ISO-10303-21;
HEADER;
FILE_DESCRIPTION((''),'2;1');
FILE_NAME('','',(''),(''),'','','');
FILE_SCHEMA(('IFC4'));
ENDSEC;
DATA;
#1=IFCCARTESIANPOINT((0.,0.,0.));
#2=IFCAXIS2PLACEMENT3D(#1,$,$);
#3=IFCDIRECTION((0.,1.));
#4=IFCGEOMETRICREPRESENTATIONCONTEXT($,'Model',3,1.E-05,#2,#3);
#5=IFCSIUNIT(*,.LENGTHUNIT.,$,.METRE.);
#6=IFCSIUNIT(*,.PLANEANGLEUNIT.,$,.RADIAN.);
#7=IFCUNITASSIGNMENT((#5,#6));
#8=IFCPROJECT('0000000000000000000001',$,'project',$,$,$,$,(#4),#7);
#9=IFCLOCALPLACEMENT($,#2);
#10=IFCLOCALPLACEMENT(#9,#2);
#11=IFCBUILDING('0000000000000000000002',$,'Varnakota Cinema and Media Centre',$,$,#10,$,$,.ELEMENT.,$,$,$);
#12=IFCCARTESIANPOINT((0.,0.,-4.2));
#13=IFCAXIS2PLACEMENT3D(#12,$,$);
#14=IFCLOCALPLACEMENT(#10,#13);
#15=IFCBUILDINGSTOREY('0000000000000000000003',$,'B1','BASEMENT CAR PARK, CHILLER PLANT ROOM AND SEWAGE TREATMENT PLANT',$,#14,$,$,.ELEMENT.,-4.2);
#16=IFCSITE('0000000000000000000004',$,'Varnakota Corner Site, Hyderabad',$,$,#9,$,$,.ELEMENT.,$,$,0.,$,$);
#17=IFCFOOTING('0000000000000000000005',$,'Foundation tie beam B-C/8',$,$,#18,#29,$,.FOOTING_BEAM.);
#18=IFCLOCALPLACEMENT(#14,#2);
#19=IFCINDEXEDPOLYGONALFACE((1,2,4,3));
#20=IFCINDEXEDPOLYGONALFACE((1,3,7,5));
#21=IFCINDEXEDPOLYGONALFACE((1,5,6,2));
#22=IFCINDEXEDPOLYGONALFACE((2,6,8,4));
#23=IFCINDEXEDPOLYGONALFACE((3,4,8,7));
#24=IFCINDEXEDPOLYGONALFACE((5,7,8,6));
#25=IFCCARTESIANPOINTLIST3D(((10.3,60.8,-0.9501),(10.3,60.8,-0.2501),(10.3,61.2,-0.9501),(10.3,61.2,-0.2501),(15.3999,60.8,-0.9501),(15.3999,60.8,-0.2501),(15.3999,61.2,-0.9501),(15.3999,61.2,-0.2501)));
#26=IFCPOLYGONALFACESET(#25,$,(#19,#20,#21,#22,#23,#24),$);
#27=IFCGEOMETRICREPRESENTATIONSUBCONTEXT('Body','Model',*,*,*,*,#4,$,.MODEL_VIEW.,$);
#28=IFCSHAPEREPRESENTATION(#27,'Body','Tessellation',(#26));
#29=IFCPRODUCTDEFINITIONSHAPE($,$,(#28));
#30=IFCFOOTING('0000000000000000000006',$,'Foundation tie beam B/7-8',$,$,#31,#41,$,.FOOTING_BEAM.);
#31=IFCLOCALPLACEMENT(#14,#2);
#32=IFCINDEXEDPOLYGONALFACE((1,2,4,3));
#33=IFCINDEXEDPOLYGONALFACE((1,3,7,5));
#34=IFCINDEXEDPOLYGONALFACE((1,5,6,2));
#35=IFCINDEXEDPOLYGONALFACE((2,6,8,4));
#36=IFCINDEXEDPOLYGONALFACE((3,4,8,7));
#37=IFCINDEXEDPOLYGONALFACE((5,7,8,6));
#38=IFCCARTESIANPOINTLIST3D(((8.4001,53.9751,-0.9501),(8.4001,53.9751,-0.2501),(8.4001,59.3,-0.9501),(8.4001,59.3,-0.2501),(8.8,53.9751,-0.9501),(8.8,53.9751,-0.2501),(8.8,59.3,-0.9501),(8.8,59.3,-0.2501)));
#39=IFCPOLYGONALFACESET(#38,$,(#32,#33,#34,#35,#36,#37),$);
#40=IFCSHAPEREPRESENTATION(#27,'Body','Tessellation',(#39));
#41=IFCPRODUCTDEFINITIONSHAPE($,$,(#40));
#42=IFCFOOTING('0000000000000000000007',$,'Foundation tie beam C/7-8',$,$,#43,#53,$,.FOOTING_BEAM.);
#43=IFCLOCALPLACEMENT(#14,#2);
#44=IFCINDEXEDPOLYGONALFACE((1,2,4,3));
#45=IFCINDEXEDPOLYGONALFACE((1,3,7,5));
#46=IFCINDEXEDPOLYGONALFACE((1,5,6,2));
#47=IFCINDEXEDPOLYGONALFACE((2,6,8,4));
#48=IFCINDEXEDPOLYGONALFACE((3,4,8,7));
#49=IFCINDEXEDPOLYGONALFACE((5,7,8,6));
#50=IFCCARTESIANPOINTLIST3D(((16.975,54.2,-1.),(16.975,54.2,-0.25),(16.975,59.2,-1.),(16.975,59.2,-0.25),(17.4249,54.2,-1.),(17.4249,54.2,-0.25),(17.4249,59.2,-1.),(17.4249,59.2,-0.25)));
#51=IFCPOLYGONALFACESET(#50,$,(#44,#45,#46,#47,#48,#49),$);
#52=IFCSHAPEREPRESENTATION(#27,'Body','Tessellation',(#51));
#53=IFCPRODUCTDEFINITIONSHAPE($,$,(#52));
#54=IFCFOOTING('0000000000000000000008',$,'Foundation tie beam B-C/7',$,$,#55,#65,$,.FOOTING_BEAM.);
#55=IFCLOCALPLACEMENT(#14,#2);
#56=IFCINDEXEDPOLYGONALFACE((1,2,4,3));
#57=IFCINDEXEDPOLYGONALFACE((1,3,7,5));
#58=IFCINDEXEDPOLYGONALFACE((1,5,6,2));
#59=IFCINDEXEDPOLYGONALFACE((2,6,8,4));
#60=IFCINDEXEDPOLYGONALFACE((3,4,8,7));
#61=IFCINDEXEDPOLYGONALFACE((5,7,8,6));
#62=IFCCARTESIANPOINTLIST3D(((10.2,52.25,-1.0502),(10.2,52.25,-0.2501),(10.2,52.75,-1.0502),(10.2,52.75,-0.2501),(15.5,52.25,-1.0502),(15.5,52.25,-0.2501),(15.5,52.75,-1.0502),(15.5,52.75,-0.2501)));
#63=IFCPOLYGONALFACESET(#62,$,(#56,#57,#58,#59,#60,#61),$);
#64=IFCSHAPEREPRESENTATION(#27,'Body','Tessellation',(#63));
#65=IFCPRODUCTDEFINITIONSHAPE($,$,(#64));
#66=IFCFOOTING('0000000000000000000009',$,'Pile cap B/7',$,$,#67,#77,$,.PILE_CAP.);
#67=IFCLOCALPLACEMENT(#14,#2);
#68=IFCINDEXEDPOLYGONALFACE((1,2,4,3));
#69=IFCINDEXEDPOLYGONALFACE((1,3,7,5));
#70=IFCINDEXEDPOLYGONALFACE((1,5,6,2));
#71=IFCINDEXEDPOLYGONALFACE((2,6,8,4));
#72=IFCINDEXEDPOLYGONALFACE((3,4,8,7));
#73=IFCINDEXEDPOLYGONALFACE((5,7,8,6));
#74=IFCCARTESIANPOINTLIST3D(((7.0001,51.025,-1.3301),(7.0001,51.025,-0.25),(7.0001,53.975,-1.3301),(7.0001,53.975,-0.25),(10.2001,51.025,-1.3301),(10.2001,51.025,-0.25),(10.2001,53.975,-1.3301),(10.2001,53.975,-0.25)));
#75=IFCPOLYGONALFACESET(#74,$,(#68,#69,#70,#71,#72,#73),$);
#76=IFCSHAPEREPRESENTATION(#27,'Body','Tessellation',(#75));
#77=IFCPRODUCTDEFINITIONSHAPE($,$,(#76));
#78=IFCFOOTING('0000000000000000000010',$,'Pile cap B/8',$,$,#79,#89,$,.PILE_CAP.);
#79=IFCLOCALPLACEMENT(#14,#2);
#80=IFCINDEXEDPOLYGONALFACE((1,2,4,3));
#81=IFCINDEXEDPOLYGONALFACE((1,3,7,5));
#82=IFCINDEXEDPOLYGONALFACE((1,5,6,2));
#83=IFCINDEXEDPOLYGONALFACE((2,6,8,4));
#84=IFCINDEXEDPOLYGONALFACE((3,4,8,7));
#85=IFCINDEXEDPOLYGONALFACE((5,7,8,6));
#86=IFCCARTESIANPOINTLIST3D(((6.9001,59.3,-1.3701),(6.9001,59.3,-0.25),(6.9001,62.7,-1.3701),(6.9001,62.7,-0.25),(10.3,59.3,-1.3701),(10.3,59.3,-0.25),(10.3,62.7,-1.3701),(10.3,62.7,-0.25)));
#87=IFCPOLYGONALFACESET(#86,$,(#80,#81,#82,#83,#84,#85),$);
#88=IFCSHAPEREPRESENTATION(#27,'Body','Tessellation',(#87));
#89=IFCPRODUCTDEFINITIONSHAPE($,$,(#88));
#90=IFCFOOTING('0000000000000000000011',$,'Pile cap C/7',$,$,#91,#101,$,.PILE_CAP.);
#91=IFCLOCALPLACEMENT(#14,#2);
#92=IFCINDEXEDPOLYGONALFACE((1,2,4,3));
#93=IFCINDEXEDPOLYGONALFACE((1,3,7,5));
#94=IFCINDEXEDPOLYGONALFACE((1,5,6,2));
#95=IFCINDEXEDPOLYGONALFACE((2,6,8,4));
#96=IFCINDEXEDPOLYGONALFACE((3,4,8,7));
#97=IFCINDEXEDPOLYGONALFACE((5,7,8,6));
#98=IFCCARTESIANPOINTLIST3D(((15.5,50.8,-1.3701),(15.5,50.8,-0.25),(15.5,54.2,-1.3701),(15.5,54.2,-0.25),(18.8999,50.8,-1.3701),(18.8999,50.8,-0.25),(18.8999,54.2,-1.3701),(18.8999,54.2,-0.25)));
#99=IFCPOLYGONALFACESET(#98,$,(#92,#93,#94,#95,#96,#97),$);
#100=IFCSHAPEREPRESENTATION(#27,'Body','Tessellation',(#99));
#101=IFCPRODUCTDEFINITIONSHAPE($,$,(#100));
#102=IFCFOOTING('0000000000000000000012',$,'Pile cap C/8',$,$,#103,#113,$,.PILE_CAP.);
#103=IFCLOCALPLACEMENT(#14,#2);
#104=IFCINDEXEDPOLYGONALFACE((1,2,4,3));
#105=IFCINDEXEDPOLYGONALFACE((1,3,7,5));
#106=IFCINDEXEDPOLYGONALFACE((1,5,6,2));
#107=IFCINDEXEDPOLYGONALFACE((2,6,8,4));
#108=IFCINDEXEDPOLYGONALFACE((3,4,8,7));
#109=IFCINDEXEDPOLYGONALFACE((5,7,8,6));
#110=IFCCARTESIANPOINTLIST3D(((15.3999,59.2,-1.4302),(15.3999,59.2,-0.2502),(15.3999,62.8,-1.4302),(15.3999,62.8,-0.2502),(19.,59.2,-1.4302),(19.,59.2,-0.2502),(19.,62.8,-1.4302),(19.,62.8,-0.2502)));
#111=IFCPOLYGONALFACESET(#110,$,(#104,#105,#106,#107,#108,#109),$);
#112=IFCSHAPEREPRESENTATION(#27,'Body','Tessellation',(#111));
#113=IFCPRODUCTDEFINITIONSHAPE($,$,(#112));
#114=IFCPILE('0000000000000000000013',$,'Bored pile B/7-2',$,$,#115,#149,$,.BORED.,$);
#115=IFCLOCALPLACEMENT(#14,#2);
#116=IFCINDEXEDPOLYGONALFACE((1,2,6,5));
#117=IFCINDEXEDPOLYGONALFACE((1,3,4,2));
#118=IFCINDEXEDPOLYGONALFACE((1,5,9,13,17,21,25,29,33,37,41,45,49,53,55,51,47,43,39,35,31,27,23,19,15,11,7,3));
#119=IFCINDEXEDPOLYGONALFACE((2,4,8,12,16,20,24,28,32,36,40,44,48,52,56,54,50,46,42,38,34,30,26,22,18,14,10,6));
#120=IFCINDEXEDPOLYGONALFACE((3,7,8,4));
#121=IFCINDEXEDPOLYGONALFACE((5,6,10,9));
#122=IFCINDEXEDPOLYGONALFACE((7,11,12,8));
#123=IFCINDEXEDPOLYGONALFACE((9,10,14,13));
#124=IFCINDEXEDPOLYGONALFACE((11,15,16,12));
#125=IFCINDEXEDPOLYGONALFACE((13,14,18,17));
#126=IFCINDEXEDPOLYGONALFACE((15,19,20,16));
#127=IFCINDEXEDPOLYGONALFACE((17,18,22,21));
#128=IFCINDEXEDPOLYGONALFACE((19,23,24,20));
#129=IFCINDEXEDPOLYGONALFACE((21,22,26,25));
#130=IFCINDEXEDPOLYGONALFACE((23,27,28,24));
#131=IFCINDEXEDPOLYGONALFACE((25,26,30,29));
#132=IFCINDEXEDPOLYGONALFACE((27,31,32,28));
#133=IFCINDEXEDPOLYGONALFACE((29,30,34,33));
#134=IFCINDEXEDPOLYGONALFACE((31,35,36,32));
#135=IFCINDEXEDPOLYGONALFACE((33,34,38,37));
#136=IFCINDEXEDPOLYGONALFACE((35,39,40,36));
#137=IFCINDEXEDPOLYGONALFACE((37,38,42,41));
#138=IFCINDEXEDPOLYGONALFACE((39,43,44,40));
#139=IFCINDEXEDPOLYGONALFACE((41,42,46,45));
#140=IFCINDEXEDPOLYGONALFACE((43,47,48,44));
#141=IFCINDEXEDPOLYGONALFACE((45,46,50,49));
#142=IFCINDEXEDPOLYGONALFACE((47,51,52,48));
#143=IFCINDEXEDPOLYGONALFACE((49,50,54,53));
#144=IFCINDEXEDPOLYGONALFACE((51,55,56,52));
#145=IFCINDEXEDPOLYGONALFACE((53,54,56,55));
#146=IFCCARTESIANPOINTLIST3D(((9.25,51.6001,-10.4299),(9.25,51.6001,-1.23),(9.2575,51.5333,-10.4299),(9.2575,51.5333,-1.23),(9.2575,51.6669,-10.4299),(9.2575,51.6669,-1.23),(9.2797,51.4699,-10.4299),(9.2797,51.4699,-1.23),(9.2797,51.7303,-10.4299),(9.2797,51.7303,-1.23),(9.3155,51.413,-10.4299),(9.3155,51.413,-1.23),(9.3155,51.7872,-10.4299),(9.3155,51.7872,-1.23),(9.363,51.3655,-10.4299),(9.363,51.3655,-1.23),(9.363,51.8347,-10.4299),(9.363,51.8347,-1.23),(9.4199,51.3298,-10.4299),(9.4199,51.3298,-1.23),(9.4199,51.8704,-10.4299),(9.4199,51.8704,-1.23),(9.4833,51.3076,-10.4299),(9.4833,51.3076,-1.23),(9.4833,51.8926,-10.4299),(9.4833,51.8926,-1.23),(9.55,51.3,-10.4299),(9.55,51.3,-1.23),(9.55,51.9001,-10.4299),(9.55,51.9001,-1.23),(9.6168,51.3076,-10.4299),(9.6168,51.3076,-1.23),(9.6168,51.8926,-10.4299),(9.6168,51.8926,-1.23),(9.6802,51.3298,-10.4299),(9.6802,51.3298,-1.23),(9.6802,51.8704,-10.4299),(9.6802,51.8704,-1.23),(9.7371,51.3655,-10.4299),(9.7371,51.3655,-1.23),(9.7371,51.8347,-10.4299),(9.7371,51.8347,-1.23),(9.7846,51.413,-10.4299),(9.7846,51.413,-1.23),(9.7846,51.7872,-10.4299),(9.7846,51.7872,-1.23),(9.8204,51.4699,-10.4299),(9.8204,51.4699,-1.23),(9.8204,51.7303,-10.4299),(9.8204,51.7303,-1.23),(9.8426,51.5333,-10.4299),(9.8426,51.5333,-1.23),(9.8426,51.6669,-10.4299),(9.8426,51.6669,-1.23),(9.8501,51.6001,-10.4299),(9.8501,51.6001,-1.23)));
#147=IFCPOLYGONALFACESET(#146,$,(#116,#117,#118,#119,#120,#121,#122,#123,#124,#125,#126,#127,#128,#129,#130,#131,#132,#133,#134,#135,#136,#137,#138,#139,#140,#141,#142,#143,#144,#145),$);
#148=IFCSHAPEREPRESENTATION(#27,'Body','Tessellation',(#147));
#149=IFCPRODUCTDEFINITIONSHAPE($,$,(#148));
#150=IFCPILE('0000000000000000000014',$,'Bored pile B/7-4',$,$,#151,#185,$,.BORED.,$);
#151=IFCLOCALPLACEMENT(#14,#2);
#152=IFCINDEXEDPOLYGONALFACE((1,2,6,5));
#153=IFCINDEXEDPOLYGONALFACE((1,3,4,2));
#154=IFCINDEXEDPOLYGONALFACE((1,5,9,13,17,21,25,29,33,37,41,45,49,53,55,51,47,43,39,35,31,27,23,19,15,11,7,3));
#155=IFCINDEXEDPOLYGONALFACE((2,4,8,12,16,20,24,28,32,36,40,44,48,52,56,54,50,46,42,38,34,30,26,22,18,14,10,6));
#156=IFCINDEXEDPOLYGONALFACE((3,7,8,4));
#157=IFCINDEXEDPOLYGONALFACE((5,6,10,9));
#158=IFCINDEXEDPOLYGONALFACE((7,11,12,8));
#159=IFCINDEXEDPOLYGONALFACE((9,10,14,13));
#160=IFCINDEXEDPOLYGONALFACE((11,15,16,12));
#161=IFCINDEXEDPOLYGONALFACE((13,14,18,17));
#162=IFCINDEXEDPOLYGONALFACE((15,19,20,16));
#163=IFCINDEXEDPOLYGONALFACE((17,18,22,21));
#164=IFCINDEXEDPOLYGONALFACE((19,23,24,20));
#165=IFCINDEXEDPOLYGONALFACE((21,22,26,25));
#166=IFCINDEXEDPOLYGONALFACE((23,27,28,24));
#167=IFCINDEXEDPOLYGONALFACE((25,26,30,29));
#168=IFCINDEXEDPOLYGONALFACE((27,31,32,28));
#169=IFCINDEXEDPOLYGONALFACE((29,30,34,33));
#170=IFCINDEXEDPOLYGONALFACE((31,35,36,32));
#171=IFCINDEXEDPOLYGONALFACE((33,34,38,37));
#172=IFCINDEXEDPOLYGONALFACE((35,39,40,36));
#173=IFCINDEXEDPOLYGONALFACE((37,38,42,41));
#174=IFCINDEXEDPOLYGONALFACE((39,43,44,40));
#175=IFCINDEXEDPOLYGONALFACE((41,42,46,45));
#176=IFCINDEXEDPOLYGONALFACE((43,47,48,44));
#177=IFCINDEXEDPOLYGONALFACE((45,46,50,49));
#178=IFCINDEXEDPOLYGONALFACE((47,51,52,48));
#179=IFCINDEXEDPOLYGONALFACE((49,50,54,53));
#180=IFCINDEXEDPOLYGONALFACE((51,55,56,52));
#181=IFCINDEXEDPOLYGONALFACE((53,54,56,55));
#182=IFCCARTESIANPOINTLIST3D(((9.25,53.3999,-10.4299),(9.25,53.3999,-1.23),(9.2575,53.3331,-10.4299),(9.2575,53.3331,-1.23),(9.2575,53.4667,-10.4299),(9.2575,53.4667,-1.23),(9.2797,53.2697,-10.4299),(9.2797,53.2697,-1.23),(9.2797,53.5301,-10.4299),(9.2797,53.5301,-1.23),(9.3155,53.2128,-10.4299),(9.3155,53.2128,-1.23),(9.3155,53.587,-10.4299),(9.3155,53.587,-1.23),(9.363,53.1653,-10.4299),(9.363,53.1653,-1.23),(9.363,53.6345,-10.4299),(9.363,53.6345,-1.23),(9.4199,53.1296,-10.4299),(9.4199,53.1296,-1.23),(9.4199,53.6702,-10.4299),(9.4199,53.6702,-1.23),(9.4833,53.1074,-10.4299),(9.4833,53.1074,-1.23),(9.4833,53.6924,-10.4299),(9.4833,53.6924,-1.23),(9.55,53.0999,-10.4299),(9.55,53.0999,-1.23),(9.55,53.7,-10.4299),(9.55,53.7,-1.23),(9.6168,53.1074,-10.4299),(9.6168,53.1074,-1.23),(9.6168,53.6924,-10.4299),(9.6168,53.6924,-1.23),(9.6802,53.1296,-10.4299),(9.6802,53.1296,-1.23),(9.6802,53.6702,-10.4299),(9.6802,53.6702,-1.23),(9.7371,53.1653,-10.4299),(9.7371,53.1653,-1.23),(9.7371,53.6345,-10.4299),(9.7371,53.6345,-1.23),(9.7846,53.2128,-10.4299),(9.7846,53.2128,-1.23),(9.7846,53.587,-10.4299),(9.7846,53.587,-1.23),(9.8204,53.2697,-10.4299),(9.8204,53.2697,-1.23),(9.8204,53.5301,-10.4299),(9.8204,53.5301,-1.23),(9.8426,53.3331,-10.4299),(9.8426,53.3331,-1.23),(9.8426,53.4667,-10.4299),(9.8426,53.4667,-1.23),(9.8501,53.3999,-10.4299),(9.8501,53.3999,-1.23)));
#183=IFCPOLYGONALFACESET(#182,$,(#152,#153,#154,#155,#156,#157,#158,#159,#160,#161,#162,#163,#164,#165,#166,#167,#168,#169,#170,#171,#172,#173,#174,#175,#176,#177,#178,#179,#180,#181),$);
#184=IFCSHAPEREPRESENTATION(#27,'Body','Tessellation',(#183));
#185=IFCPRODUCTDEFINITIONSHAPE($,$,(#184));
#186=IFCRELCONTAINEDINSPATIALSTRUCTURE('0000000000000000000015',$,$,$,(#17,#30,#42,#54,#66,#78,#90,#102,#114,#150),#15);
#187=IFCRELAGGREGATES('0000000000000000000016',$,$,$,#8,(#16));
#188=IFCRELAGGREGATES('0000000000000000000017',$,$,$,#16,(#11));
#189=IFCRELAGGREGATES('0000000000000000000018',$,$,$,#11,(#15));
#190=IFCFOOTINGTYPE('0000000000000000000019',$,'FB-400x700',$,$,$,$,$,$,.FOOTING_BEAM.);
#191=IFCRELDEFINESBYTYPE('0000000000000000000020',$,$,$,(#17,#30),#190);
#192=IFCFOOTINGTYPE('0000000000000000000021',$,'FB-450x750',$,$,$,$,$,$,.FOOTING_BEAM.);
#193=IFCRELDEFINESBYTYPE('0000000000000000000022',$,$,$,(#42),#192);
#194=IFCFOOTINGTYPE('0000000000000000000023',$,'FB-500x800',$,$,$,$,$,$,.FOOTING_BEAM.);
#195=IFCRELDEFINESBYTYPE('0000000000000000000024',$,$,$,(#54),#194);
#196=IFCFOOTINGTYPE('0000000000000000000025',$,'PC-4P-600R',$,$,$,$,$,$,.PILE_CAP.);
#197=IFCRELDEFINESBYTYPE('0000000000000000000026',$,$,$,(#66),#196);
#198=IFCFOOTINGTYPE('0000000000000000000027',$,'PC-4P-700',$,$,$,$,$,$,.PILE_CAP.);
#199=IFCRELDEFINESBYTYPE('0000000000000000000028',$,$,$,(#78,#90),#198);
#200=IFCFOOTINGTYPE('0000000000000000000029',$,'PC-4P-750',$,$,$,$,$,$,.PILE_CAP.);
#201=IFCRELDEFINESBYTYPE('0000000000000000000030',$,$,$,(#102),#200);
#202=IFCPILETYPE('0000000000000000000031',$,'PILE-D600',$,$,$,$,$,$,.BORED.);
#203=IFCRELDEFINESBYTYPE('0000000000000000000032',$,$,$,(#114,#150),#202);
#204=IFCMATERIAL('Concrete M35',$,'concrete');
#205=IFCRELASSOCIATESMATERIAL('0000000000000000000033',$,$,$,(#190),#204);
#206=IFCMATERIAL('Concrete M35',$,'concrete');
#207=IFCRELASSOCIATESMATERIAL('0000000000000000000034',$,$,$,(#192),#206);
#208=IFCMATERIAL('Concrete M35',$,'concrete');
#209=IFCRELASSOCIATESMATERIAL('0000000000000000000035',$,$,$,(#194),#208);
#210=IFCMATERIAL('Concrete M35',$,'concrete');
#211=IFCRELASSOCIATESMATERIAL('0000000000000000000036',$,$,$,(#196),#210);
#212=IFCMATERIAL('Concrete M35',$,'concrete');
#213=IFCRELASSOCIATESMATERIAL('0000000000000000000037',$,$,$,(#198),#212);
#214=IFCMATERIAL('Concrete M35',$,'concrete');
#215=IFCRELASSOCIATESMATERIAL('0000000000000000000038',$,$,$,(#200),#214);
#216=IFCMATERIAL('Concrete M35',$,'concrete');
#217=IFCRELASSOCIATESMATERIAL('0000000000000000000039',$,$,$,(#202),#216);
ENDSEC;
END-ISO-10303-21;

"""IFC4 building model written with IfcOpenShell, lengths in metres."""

from ifc_helpers import new_model, si_unit, direction, frame, origin, origin_2d, place, context, subcontext, project, spatial, rectangle, circle, extrude, material, material_profile, profile_set, type_object, element, save


model = new_model("IFC4")

# Units and contexts
model_context = context("Model", 3, precision=1e-05, world=origin(), true_north=direction((0.0, 1.0)))
body_context = subcontext(model_context, "Body", "Model", "MODEL_VIEW")
ifc_project = project(units=[si_unit("LENGTHUNIT", "METRE"), si_unit("PLANEANGLEUNIT", "RADIAN")], contexts=[model_context])

# Site, building, storey
site_placement = place(None, origin())
site = spatial("IfcSite", under=ifc_project, at=site_placement, Name="Varnakota Corner Site, Hyderabad", CompositionType="ELEMENT", RefElevation=0.0)
building_placement = place(site_placement, origin())
building = spatial("IfcBuilding", under=site, at=building_placement, Name="Varnakota Cinema and Media Centre", CompositionType="ELEMENT")
storey_placement = place(building_placement, frame((0.0, 0.0, -4.2)))
storey = spatial("IfcBuildingStorey", under=building, at=storey_placement, Name="B1", Description="BASEMENT CAR PARK, CHILLER PLANT ROOM AND SEWAGE TREATMENT PLANT", CompositionType="ELEMENT", Elevation=-4.2)

# Footings
ifc_material_1 = material(Name="Concrete M35", Category="concrete")
ifc_material_profile_1 = material_profile(ifc_material_1, rectangle(XDim=0.3999, YDim=0.7, at=origin_2d()), Name="FB 400x700")
ifc_profile_set_1 = profile_set([ifc_material_profile_1], Name="Concrete M35")
footing_type_1 = type_object("IfcFootingType", Name="FB-400x700", PredefinedType="FOOTING_BEAM", material=ifc_profile_set_1)
footing_1_placement = place(storey_placement, frame((10.3, 61.0, -0.6001), z_axis=(1.0, 0.0, 0.0), x_axis=(0.0, 1.0, 0.0)))
element("IfcFooting", 1, at=footing_1_placement, inside=storey, type_object=footing_type_1, Name="Foundation tie beam B-C/8", PredefinedType="FOOTING_BEAM", context=body_context, shape_type="SweptSolid", body=[
    extrude(rectangle(XDim=0.3999, YDim=0.7, at=origin_2d()), origin(), (0.0, 0.0, 1.0), 5.0999),
])
footing_2_placement = place(storey_placement, frame((8.6001, 53.9751, -0.6001), z_axis=(0.0, 1.0, 0.0), x_axis=(-1.0, 0.0, 0.0)))
element("IfcFooting", 2, at=footing_2_placement, inside=storey, type_object=footing_type_1, Name="Foundation tie beam B/7-8", PredefinedType="FOOTING_BEAM", context=body_context, shape_type="SweptSolid", body=[
    extrude(rectangle(XDim=0.3999, YDim=0.7, at=origin_2d()), origin(), (0.0, 0.0, 1.0), 5.325),
])
ifc_material_2 = material(Name="Concrete M35", Category="concrete")
ifc_material_profile_2 = material_profile(ifc_material_2, rectangle(XDim=0.45, YDim=0.75, at=origin_2d()), Name="FB 450x750")
ifc_profile_set_2 = profile_set([ifc_material_profile_2], Name="Concrete M35")
footing_type_2 = type_object("IfcFootingType", Name="FB-450x750", PredefinedType="FOOTING_BEAM", material=ifc_profile_set_2)
footing_3_placement = place(storey_placement, frame((17.2, 54.2, -0.625), z_axis=(0.0, 1.0, 0.0), x_axis=(-1.0, 0.0, 0.0)))
element("IfcFooting", 3, at=footing_3_placement, inside=storey, type_object=footing_type_2, Name="Foundation tie beam C/7-8", PredefinedType="FOOTING_BEAM", context=body_context, shape_type="SweptSolid", body=[
    extrude(rectangle(XDim=0.45, YDim=0.75, at=origin_2d()), origin(), (0.0, 0.0, 1.0), 5.0),
])
ifc_material_3 = material(Name="Concrete M35", Category="concrete")
ifc_material_profile_3 = material_profile(ifc_material_3, rectangle(XDim=0.5, YDim=0.8, at=origin_2d()), Name="FB 500x800")
ifc_profile_set_3 = profile_set([ifc_material_profile_3], Name="Concrete M35")
footing_type_3 = type_object("IfcFootingType", Name="FB-500x800", PredefinedType="FOOTING_BEAM", material=ifc_profile_set_3)
footing_4_placement = place(storey_placement, frame((10.2, 52.5, -0.6501), z_axis=(1.0, 0.0, 0.0), x_axis=(0.0, 1.0, 0.0)))
element("IfcFooting", 4, at=footing_4_placement, inside=storey, type_object=footing_type_3, Name="Foundation tie beam B-C/7", PredefinedType="FOOTING_BEAM", context=body_context, shape_type="SweptSolid", body=[
    extrude(rectangle(XDim=0.5, YDim=0.8, at=origin_2d()), origin(), (0.0, 0.0, 1.0), 5.3),
])
ifc_material_4 = material(Name="Concrete M35", Category="concrete")
footing_type_4 = type_object("IfcFootingType", Name="PC-4P-600R", PredefinedType="PILE_CAP", material=ifc_material_4)
footing_5_placement = place(storey_placement, frame((8.6001, 52.5, -1.3301), z_axis=(0.0, 0.0, 1.0), x_axis=(1.0, 0.0, 0.0)))
element("IfcFooting", 5, at=footing_5_placement, inside=storey, type_object=footing_type_4, Name="Pile cap B/7", PredefinedType="PILE_CAP", context=body_context, shape_type="SweptSolid", body=[
    extrude(rectangle(XDim=3.2, YDim=2.95, at=origin_2d()), origin(), (0.0, 0.0, 1.0), 1.0801),
])
ifc_material_5 = material(Name="Concrete M35", Category="concrete")
footing_type_5 = type_object("IfcFootingType", Name="PC-4P-700", PredefinedType="PILE_CAP", material=ifc_material_5)
for number, where, z_axis, x_axis, name in (
    (6, (8.6001, 61.0, -1.3701), (0.0, 0.0, 1.0), (1.0, 0.0, 0.0), "Pile cap B/8"),
    (7, (17.2, 52.5, -1.3701), (0.0, 0.0, 1.0), (1.0, 0.0, 0.0), "Pile cap C/7"),
):
    element("IfcFooting", number, at=place(storey_placement, frame(where, z_axis=z_axis, x_axis=x_axis)), inside=storey, type_object=footing_type_5, Name=name, PredefinedType="PILE_CAP", context=body_context, shape_type="SweptSolid", body=[
        extrude(rectangle(XDim=3.3999, YDim=3.3999, at=origin_2d()), origin(), (0.0, 0.0, 1.0), 1.1201),
    ])
ifc_material_6 = material(Name="Concrete M35", Category="concrete")
footing_type_6 = type_object("IfcFootingType", Name="PC-4P-750", PredefinedType="PILE_CAP", material=ifc_material_6)
footing_6_placement = place(storey_placement, frame((17.2, 61.0, -1.4302), z_axis=(0.0, 0.0, 1.0), x_axis=(1.0, 0.0, 0.0)))
element("IfcFooting", 8, at=footing_6_placement, inside=storey, type_object=footing_type_6, Name="Pile cap C/8", PredefinedType="PILE_CAP", context=body_context, shape_type="SweptSolid", body=[
    extrude(rectangle(XDim=3.6001, YDim=3.6001, at=origin_2d()), origin(), (0.0, 0.0, 1.0), 1.1799),
])

# Piles
ifc_material_7 = material(Name="Concrete M35", Category="concrete")
ifc_material_profile_4 = material_profile(ifc_material_7, circle(Radius=0.3, at=origin_2d()), Name="PILE D600")
ifc_profile_set_4 = profile_set([ifc_material_profile_4], Name="Concrete M35")
pile_type_1 = type_object("IfcPileType", Name="PILE-D600", PredefinedType="BORED", material=ifc_profile_set_4)
for number, where, z_axis, x_axis, name in (
    (9, (9.55, 51.6001, -1.23), (0.0, 0.0, -1.0), (1.0, 0.0, 0.0), "Bored pile B/7-2"),
    (10, (9.55, 53.3999, -1.23), (0.0, 0.0, -1.0), (1.0, 0.0, 0.0), "Bored pile B/7-4"),
):
    element("IfcPile", number, at=place(storey_placement, frame(where, z_axis=z_axis, x_axis=x_axis)), inside=storey, type_object=pile_type_1, Name=name, PredefinedType="BORED", context=body_context, shape_type="SweptSolid", body=[
        extrude(circle(Radius=0.3, at=origin_2d()), origin(), (0.0, 0.0, 1.0), 9.2),
    ])

save(model, "model.ifc")
